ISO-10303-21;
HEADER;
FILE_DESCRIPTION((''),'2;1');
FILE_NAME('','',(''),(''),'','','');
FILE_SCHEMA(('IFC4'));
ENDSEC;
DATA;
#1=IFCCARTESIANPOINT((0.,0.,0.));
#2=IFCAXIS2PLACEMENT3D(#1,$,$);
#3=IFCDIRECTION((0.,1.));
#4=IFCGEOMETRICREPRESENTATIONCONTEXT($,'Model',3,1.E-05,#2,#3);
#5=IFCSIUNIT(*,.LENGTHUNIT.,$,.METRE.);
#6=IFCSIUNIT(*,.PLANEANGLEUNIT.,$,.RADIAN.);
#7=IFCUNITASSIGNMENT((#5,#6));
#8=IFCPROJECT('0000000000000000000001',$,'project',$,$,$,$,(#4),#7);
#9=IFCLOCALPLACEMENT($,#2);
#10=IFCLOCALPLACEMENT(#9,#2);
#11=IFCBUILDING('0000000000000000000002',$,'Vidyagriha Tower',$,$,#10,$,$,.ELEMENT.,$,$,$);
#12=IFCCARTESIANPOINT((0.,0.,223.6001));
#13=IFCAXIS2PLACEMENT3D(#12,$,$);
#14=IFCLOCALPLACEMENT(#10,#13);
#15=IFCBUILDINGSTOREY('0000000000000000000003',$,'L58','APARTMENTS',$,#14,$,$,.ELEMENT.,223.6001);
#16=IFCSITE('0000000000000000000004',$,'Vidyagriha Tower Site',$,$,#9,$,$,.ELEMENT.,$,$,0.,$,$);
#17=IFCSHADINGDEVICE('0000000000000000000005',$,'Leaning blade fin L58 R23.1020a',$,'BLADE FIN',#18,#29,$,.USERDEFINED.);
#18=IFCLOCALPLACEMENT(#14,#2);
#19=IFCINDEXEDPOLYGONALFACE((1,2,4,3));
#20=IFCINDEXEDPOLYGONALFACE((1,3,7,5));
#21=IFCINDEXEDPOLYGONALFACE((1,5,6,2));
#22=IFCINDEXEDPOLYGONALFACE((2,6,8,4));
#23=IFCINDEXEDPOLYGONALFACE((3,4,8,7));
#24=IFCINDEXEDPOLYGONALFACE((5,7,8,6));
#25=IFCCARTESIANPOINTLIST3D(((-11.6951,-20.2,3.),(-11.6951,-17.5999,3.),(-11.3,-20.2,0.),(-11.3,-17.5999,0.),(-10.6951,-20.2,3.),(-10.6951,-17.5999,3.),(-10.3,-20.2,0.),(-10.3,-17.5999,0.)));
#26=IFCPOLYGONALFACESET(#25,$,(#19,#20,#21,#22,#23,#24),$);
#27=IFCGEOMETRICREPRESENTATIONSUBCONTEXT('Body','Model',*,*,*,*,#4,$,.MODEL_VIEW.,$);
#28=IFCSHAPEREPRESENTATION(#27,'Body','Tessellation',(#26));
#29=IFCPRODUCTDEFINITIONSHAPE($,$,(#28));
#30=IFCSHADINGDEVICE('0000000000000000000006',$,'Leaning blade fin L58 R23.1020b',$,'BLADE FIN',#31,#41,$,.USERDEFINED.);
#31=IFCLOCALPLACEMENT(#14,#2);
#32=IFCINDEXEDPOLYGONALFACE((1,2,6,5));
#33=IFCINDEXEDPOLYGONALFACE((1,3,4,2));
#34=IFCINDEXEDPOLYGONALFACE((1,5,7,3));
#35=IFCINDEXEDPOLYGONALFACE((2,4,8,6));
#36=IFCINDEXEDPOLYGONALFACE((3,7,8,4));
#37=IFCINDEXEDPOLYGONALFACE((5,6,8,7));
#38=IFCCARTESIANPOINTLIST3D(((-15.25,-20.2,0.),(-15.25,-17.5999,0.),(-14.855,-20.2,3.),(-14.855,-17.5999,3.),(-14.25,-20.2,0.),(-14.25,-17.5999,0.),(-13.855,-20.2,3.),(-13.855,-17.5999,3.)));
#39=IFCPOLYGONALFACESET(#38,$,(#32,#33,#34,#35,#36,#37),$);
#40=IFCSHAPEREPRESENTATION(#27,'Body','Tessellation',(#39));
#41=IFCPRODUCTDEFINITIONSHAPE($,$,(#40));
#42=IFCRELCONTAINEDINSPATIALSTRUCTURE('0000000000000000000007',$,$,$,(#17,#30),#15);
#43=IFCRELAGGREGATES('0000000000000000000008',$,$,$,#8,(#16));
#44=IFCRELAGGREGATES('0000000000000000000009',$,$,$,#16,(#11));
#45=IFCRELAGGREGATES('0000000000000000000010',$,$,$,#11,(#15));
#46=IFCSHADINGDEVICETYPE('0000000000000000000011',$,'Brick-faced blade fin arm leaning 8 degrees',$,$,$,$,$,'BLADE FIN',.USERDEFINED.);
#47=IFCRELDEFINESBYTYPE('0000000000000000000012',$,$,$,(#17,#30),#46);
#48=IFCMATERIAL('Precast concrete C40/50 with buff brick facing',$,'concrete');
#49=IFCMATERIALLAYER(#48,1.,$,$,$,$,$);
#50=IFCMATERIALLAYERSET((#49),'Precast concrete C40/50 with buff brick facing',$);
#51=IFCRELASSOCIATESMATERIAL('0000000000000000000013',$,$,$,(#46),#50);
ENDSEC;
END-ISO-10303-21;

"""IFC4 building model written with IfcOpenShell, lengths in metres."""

from ifc_helpers import new_model, si_unit, direction, frame, origin, place, context, subcontext, project, spatial, polyline, outline, extrude, material, layer, layer_set, type_object, element, save


model = new_model("IFC4")

# Units and contexts
model_context = context("Model", 3, precision=1e-05, world=origin(), true_north=direction((0.0, 1.0)))
body_context = subcontext(model_context, "Body", "Model", "MODEL_VIEW")
ifc_project = project(units=[si_unit("LENGTHUNIT", "METRE"), si_unit("PLANEANGLEUNIT", "RADIAN")], contexts=[model_context])

# Site, building, storey
site_placement = place(None, origin())
site = spatial("IfcSite", under=ifc_project, at=site_placement, Name="Vidyagriha Tower Site", CompositionType="ELEMENT", RefElevation=0.0)
building_placement = place(site_placement, origin())
building = spatial("IfcBuilding", under=site, at=building_placement, Name="Vidyagriha Tower", CompositionType="ELEMENT")
storey_placement = place(building_placement, frame((0.0, 0.0, 223.6001)))
storey = spatial("IfcBuildingStorey", under=building, at=storey_placement, Name="L58", Description="APARTMENTS", CompositionType="ELEMENT", Elevation=223.6001)

# Shading devices
ifc_material_1 = material(Name="Precast concrete C40/50 with buff brick facing", Category="concrete")
ifc_layer_1 = layer(ifc_material_1, 1.0)
ifc_layer_set_1 = layer_set([ifc_layer_1], Name="Precast concrete C40/50 with buff brick facing")
shading_device_type = type_object("IfcShadingDeviceType", Name="Brick-faced blade fin arm leaning 8 degrees", ElementType="BLADE FIN", PredefinedType="USERDEFINED", material=ifc_layer_set_1)
shading_device_1_placement = place(storey_placement, frame((-11.6951, -18.8999, 0.0)))
element("IfcShadingDevice", 1, at=shading_device_1_placement, inside=storey, type_object=shading_device_type, Name="Leaning blade fin L58 R23.1020a", ObjectType="BLADE FIN", PredefinedType="USERDEFINED", context=body_context, shape_type="SweptSolid", body=[
    extrude(outline(polyline([(0.395, 0.0), (1.395, 0.0), (1.0, 3.0), (0.0, 3.0), (0.395, 0.0)])), frame((0.0, 1.3, 0.0), z_axis=(0.0, -1.0, 0.0), x_axis=(1.0, 0.0, 0.0)), (0.0, 0.0, 1.0), 2.6001),
])
shading_device_2_placement = place(storey_placement, frame((-15.25, -18.8999, 0.0)))
element("IfcShadingDevice", 2, at=shading_device_2_placement, inside=storey, type_object=shading_device_type, Name="Leaning blade fin L58 R23.1020b", ObjectType="BLADE FIN", PredefinedType="USERDEFINED", context=body_context, shape_type="SweptSolid", body=[
    extrude(outline(polyline([(0.0, 0.0), (1.0, 0.0), (1.395, 3.0), (0.395, 3.0), (0.0, 0.0)])), frame((0.0, 1.3, 0.0), z_axis=(0.0, -1.0, 0.0), x_axis=(1.0, 0.0, 0.0)), (0.0, 0.0, 1.0), 2.6001),
])

save(model, "model.ifc")
